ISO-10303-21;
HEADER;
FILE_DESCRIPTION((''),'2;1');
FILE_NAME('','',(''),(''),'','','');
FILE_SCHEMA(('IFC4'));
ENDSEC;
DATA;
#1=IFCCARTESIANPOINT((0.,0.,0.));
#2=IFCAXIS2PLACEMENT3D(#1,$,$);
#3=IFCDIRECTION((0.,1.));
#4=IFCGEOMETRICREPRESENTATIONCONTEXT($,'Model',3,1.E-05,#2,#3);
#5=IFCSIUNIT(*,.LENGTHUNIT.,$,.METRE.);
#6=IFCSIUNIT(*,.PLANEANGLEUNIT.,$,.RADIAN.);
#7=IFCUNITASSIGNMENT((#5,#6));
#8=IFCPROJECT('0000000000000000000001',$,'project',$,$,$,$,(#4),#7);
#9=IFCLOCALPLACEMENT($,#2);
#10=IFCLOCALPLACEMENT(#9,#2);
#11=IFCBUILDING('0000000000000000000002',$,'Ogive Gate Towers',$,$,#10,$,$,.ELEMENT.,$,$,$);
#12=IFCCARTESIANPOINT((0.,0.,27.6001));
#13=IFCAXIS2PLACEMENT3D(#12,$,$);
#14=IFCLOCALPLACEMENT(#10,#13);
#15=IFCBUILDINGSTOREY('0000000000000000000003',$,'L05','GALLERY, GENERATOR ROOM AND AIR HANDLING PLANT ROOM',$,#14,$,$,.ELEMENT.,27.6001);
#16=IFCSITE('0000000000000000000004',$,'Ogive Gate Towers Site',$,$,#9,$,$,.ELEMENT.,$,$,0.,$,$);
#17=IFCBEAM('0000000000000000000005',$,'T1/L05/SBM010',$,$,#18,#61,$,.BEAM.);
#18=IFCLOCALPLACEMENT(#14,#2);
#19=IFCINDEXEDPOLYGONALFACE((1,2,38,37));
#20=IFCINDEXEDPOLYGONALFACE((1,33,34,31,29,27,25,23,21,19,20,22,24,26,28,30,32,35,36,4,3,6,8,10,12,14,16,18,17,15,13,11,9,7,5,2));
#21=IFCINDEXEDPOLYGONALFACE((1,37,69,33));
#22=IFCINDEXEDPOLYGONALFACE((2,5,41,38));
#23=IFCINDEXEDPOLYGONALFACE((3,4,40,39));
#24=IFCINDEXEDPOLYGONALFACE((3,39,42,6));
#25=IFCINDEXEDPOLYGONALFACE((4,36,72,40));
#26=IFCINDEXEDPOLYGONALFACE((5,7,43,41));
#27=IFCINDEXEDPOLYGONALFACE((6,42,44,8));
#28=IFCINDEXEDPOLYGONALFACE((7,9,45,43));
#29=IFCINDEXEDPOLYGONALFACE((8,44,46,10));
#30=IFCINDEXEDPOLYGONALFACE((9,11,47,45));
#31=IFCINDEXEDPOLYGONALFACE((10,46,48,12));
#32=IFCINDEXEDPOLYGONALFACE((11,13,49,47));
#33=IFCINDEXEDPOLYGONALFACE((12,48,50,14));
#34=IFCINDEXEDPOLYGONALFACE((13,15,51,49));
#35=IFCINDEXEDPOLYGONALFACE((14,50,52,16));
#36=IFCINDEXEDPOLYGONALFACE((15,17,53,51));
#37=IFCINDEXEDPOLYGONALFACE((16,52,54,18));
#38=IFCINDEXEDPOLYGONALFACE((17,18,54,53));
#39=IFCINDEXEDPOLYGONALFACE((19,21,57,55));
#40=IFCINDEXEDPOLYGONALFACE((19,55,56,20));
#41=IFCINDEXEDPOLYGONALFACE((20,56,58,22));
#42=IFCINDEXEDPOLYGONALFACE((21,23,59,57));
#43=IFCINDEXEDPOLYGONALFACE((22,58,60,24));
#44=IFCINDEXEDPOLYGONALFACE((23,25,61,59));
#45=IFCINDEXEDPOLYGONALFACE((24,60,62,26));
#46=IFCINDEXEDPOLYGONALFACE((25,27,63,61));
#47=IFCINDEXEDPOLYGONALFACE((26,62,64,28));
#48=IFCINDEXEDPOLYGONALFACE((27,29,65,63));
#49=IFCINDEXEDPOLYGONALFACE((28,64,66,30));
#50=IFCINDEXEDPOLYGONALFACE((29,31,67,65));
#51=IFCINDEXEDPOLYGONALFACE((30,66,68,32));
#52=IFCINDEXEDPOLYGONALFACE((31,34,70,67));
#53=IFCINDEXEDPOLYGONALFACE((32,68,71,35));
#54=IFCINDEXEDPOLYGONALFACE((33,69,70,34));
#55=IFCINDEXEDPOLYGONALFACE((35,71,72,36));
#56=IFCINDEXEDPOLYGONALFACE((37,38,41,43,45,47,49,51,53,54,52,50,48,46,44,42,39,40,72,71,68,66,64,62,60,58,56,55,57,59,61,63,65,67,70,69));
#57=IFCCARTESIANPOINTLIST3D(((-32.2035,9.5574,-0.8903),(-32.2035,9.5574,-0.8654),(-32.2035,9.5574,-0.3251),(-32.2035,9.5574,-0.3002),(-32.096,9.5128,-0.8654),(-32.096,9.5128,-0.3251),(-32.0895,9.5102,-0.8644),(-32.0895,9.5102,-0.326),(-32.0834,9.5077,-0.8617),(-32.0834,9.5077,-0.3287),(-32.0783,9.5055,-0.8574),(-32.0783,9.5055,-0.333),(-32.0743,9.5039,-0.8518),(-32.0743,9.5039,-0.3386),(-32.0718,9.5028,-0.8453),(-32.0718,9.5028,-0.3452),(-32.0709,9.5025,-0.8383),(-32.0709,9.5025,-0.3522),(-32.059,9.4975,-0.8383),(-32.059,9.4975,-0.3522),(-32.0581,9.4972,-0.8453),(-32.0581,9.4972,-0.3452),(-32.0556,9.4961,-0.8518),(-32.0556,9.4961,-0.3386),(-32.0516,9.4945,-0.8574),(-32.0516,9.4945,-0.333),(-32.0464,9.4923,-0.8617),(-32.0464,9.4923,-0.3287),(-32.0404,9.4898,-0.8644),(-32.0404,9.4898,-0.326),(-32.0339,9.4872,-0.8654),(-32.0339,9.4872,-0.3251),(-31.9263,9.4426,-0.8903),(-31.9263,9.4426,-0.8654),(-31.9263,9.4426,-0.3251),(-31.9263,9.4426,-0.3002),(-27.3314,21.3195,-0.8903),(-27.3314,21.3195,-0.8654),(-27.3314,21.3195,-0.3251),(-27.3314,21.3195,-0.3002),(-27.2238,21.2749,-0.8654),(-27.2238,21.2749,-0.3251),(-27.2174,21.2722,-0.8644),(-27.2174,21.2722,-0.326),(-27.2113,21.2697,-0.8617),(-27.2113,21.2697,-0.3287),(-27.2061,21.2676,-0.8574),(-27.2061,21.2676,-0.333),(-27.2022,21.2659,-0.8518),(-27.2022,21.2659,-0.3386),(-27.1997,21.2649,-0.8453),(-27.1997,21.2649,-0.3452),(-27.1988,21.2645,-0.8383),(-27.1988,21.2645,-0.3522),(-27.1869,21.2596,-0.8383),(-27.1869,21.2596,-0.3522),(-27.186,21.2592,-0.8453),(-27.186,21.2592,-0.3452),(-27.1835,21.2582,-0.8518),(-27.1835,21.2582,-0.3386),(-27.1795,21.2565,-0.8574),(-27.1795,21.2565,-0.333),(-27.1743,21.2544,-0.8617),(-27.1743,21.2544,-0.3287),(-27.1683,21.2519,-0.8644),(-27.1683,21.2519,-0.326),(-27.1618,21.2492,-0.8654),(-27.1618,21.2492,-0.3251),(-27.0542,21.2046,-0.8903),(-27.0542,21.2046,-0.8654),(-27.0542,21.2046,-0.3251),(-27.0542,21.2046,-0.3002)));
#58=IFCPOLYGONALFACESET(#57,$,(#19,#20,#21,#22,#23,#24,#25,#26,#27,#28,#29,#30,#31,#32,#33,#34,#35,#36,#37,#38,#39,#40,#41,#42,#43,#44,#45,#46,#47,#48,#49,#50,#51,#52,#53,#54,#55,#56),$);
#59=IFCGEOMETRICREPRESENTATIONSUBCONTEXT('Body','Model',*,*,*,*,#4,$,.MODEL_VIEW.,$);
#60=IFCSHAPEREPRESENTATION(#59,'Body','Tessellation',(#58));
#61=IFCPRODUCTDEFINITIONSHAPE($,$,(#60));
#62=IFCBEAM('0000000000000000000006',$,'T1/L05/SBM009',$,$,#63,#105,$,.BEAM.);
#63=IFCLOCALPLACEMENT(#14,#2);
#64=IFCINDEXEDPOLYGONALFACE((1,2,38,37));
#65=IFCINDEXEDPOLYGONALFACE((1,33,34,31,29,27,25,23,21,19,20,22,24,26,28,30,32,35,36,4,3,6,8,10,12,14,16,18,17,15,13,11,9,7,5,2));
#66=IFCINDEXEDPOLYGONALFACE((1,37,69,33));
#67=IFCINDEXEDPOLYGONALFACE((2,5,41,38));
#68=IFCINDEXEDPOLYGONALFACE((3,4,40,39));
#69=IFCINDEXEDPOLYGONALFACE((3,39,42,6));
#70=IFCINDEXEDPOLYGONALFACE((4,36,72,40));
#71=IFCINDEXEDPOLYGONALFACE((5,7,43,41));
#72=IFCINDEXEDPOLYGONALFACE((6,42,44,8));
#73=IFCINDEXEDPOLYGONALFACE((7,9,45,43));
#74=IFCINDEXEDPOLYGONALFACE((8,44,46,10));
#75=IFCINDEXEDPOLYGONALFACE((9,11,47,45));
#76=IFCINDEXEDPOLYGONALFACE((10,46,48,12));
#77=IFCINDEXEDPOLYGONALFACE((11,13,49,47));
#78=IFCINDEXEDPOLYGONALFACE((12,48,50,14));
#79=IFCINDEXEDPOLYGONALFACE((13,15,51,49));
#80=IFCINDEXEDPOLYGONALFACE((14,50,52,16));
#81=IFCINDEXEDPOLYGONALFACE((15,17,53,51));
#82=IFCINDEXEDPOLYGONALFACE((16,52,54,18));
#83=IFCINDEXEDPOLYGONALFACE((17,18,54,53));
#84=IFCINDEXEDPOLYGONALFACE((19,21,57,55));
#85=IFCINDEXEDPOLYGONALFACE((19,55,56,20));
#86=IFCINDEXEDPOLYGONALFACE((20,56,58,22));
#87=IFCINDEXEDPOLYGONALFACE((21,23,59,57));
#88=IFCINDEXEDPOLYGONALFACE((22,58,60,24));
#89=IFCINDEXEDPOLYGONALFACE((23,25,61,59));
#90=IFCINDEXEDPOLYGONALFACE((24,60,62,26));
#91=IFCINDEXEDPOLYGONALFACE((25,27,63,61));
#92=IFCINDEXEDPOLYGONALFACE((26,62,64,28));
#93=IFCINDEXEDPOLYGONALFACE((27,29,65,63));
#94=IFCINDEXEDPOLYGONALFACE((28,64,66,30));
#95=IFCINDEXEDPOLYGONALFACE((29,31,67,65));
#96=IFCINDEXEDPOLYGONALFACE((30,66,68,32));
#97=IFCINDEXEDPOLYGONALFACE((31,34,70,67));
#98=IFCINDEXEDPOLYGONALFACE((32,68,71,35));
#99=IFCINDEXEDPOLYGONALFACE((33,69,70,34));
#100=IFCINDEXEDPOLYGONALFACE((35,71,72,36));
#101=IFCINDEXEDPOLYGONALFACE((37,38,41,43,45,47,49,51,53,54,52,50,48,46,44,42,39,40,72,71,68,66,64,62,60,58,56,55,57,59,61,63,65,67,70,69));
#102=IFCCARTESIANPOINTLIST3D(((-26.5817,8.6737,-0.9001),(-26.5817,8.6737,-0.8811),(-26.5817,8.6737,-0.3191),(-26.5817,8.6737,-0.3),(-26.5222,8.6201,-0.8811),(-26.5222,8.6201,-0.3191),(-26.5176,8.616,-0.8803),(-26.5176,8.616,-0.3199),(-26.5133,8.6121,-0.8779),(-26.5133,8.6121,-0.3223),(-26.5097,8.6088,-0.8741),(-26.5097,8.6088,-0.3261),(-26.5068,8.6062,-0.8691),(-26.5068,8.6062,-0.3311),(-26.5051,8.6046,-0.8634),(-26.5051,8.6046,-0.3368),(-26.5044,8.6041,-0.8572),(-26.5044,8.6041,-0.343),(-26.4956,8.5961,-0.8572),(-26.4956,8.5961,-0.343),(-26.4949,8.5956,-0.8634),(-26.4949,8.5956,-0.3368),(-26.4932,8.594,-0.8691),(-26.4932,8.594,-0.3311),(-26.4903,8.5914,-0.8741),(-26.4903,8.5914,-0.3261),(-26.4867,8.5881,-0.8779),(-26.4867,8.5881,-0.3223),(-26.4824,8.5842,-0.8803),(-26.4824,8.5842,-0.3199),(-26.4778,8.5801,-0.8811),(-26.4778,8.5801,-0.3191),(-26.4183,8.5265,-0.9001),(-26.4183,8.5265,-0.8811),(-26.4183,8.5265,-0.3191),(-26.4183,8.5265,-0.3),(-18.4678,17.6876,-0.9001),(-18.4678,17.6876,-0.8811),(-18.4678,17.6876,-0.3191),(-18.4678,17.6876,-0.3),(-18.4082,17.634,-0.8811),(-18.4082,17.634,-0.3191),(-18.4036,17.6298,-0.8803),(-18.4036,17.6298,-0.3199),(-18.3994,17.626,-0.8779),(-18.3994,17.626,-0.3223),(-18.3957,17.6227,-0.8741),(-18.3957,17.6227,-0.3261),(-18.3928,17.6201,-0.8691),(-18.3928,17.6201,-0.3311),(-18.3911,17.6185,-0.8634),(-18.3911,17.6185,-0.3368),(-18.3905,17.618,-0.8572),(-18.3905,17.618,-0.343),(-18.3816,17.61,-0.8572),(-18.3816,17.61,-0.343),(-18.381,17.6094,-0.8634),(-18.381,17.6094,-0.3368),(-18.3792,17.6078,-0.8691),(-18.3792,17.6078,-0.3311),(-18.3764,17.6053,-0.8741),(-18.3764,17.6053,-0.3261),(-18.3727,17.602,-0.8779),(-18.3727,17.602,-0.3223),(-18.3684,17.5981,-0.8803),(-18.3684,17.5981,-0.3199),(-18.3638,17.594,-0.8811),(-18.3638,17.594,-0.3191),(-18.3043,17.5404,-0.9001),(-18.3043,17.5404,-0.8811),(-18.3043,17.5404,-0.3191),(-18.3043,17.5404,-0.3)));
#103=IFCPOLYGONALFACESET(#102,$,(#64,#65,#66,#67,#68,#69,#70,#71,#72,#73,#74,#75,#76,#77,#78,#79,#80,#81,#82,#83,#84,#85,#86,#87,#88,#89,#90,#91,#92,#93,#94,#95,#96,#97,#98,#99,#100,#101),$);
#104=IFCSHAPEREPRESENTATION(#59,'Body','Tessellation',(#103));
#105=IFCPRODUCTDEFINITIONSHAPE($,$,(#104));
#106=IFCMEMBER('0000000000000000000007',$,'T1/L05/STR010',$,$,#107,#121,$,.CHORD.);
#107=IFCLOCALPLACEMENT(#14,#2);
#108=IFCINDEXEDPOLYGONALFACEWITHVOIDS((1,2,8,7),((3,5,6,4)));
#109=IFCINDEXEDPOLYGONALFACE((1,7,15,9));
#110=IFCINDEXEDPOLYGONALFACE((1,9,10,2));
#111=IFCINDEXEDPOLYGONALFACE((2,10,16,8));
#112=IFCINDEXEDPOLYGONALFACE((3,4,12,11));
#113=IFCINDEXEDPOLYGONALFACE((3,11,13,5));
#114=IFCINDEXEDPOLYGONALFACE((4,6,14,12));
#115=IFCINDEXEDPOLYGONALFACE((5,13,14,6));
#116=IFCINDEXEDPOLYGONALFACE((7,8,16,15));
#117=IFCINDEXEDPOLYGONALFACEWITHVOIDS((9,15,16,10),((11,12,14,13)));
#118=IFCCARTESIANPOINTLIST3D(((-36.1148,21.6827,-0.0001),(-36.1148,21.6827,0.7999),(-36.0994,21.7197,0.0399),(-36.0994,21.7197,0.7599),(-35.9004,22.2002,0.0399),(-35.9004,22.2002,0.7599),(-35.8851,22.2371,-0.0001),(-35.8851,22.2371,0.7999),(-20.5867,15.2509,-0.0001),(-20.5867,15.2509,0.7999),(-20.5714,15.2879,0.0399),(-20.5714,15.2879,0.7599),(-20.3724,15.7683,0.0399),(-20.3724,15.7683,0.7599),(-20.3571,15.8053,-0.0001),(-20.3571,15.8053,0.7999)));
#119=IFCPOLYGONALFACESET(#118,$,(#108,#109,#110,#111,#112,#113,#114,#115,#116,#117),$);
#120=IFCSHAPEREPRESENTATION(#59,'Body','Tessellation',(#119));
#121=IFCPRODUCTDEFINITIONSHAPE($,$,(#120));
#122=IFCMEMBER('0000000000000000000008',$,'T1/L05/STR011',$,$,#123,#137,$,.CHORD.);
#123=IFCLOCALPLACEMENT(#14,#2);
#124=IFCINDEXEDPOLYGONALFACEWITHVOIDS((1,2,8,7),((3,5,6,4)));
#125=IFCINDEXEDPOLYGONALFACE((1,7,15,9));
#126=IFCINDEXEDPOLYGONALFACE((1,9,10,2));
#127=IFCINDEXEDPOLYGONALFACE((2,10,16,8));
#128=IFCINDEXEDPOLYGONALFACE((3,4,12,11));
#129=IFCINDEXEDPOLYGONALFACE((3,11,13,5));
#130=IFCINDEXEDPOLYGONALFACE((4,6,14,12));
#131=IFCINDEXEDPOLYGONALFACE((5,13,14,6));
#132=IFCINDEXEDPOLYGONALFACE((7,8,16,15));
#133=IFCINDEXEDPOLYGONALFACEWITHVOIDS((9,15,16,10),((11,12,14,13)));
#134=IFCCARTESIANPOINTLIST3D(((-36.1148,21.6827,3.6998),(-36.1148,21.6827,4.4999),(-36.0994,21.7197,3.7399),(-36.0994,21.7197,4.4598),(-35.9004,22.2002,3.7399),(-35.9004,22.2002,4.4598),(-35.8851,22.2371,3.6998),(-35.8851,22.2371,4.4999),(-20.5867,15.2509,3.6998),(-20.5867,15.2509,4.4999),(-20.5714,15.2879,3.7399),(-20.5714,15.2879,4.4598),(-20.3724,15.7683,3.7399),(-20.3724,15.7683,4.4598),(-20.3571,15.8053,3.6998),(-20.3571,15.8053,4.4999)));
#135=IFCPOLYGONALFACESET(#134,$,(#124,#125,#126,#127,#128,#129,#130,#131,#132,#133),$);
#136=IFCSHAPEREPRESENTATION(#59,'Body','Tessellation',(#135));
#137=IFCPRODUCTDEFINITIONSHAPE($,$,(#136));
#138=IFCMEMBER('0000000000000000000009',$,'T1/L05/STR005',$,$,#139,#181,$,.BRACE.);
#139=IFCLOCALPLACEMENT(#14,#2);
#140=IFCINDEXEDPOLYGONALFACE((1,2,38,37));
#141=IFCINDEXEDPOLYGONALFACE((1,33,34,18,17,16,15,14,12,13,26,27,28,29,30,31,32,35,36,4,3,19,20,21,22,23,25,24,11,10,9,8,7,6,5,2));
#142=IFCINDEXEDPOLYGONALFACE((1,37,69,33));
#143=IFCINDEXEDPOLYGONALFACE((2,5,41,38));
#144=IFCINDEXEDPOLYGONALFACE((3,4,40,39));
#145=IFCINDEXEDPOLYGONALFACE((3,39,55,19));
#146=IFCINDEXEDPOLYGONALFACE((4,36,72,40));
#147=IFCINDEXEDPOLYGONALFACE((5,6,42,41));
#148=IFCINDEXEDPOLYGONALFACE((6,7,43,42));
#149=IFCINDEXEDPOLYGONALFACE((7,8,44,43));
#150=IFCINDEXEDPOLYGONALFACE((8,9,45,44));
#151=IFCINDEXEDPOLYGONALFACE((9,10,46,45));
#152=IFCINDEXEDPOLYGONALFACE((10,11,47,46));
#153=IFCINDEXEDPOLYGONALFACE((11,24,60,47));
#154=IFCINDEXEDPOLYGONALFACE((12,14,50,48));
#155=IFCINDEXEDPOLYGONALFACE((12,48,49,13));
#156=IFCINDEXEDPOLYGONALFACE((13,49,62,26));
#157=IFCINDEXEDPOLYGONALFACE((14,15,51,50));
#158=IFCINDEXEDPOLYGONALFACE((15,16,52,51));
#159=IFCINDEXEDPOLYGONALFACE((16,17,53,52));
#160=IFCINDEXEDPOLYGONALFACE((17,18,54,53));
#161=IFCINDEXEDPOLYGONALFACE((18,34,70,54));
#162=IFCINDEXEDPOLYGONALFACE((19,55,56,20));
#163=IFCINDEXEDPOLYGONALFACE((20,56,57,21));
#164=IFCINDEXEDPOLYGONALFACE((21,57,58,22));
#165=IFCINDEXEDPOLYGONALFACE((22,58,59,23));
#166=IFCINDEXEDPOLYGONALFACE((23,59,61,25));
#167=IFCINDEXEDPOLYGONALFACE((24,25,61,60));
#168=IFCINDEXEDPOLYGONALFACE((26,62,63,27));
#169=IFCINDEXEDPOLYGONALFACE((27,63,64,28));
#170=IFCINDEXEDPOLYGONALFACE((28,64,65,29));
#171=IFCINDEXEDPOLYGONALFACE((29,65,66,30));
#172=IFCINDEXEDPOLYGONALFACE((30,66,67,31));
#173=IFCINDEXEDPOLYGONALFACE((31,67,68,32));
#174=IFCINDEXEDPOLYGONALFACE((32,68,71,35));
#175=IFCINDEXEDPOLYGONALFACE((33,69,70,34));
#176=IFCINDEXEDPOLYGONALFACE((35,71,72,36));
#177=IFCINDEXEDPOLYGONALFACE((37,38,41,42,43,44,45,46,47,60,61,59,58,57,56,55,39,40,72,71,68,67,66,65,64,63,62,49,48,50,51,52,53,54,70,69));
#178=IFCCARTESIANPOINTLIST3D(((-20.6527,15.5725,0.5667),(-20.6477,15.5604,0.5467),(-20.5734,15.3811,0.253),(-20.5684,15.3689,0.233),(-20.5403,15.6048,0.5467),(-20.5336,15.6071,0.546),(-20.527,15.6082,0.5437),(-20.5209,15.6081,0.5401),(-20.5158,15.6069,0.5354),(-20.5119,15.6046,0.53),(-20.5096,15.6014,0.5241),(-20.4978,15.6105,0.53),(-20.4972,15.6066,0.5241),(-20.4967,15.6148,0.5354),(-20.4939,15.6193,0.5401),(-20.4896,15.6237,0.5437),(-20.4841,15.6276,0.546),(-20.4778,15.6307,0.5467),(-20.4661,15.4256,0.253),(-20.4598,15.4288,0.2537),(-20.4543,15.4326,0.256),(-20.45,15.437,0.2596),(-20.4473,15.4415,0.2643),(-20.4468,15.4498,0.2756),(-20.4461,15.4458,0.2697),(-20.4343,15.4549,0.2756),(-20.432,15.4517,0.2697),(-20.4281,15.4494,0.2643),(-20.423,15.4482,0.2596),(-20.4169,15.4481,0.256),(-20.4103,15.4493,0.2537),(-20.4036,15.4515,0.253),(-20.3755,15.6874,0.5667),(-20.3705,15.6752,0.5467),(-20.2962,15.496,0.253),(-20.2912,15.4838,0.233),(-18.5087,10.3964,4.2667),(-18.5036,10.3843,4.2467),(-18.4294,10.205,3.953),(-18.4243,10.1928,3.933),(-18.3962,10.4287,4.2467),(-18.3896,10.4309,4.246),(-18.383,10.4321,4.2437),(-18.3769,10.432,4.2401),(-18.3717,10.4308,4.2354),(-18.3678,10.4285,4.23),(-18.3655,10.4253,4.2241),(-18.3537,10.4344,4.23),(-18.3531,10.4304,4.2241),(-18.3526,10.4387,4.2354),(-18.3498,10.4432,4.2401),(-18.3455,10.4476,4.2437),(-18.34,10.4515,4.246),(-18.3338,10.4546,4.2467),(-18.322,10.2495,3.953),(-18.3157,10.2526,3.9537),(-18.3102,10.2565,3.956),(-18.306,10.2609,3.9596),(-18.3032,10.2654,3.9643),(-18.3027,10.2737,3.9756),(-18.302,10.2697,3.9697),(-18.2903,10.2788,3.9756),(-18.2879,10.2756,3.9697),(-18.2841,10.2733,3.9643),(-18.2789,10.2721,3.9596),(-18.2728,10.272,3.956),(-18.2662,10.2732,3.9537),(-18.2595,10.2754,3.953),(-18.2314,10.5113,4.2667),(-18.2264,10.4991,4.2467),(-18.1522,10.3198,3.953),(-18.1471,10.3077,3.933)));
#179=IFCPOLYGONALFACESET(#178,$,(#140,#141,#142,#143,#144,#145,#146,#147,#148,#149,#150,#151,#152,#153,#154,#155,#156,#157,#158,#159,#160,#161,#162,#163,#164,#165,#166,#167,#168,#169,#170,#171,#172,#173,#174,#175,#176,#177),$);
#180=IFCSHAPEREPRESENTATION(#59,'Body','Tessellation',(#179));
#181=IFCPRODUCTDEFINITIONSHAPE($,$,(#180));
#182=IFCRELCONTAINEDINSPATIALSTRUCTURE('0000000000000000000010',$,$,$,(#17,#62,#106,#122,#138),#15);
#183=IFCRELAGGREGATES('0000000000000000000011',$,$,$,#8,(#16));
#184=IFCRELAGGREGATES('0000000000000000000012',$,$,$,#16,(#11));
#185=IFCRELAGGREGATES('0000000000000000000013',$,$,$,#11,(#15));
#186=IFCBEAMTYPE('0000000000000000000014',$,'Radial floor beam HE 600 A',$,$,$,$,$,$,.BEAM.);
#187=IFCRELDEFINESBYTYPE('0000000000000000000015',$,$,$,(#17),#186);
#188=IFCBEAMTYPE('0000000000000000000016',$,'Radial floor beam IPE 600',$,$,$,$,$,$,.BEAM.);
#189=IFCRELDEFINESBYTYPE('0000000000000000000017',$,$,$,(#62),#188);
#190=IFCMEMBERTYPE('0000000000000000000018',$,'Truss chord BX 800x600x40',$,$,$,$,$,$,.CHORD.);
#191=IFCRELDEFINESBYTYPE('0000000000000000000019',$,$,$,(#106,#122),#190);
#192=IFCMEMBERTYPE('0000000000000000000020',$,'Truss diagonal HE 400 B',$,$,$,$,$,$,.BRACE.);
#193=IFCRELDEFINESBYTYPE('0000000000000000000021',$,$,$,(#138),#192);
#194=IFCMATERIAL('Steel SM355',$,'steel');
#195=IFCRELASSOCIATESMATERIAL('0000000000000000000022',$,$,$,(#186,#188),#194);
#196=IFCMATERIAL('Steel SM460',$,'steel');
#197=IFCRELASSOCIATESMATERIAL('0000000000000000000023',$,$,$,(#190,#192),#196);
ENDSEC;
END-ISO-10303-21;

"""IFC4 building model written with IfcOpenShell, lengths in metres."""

from ifc_helpers import new_model, si_unit, direction, frame, origin, origin_2d, place, context, subcontext, project, spatial, hollow_rectangle, i_section, extrude, material, material_profile, profile_set, type_object, element, save


model = new_model("IFC4")

# Units and contexts
model_context = context("Model", 3, precision=1e-05, world=origin(), true_north=direction((0.0, 1.0)))
body_context = subcontext(model_context, "Body", "Model", "MODEL_VIEW")
ifc_project = project(units=[si_unit("LENGTHUNIT", "METRE"), si_unit("PLANEANGLEUNIT", "RADIAN")], contexts=[model_context])

# Site, building, storey
site_placement = place(None, origin())
site = spatial("IfcSite", under=ifc_project, at=site_placement, Name="Ogive Gate Towers Site", CompositionType="ELEMENT", RefElevation=0.0)
building_placement = place(site_placement, origin())
building = spatial("IfcBuilding", under=site, at=building_placement, Name="Ogive Gate Towers", CompositionType="ELEMENT")
storey_placement = place(building_placement, frame((0.0, 0.0, 27.6001)))
storey = spatial("IfcBuildingStorey", under=building, at=storey_placement, Name="L05", Description="GALLERY, GENERATOR ROOM AND AIR HANDLING PLANT ROOM", CompositionType="ELEMENT", Elevation=27.6001)

# Beams
ifc_material_1 = material(Name="Steel SM460", Category="steel")
ifc_material_2 = material(Name="Steel SM355", Category="steel")
ifc_material_profile_1 = material_profile(ifc_material_2, i_section(OverallWidth=0.3, OverallDepth=0.5901, WebThickness=0.0129, FlangeThickness=0.0249, FilletRadius=0.0271, at=origin_2d()), Name="HE 600 A")
ifc_profile_set_1 = profile_set([ifc_material_profile_1], Name="Steel SM355")
beam_type_1 = type_object("IfcBeamType", Name="Radial floor beam HE 600 A", PredefinedType="BEAM", material=ifc_profile_set_1)
for number, where, z_axis, x_axis, name in (
    (1, (-32.0649, 9.5, -0.5952), (0.382691, 0.923877, 0.0), (-0.923877, 0.382691, 0.0), "T1/L05/SBM010"),
):
    element("IfcBeam", number, at=place(storey_placement, frame(where, z_axis=z_axis, x_axis=x_axis)), inside=storey, type_object=beam_type_1, Name=name, PredefinedType="BEAM", context=body_context, shape_type="SweptSolid", body=[
        extrude(i_section(OverallWidth=0.3, OverallDepth=0.5901, WebThickness=0.0129, FlangeThickness=0.0249, FilletRadius=0.0271, at=origin_2d()), origin(), (0.0, 0.0, 1.0), 12.7312),
    ])
ifc_material_profile_2 = material_profile(ifc_material_2, i_section(OverallWidth=0.22, OverallDepth=0.6001, WebThickness=0.012, FlangeThickness=0.019, FilletRadius=0.0239, at=origin_2d()), Name="IPE 600")
ifc_profile_set_2 = profile_set([ifc_material_profile_2], Name="Steel SM355")
beam_type_2 = type_object("IfcBeamType", Name="Radial floor beam IPE 600", PredefinedType="BEAM", material=ifc_profile_set_2)
beam_1_placement = place(storey_placement, frame((-26.5, 8.6001, -0.6001), z_axis=(0.669033, 0.743233, 0.0), x_axis=(-0.743233, 0.669033, 0.0)))
element("IfcBeam", 2, at=beam_1_placement, inside=storey, type_object=beam_type_2, Name="T1/L05/SBM009", PredefinedType="BEAM", context=body_context, shape_type="SweptSolid", body=[
    extrude(i_section(OverallWidth=0.22, OverallDepth=0.6001, WebThickness=0.012, FlangeThickness=0.019, FilletRadius=0.0239, at=origin_2d()), origin(), (0.0, 0.0, 1.0), 12.1279),
])

# Members
ifc_material_profile_3 = material_profile(ifc_material_1, hollow_rectangle(XDim=0.6001, YDim=0.8, WallThickness=0.04, at=origin_2d()), Name="BX 800x600x40")
ifc_profile_set_3 = profile_set([ifc_material_profile_3], Name="Steel SM460")
member_type_1 = type_object("IfcMemberType", Name="Truss chord BX 800x600x40", PredefinedType="CHORD", material=ifc_profile_set_3)
for number, where, z_axis, x_axis, name in (
    (3, (-20.4719, 15.5281, 0.3999), (-0.923881, 0.382681, 0.0), (-0.382681, -0.923881, 0.0), "T1/L05/STR010"),
    (4, (-20.4719, 15.5281, 4.0999), (-0.923881, 0.382681, 0.0), (-0.382681, -0.923881, 0.0), "T1/L05/STR011"),
):
    element("IfcMember", number, at=place(storey_placement, frame(where, z_axis=z_axis, x_axis=x_axis)), inside=storey, type_object=member_type_1, Name=name, PredefinedType="CHORD", context=body_context, shape_type="SweptSolid", body=[
        extrude(hollow_rectangle(XDim=0.6001, YDim=0.8, WallThickness=0.04, at=origin_2d()), origin(), (0.0, 0.0, 1.0), 16.8074),
    ])
ifc_material_profile_4 = material_profile(ifc_material_1, i_section(OverallWidth=0.3, OverallDepth=0.3999, WebThickness=0.0134, FlangeThickness=0.0239, FilletRadius=0.0271, at=origin_2d()), Name="HE 400 B")
ifc_profile_set_4 = profile_set([ifc_material_profile_4], Name="Steel SM460")
member_type_2 = type_object("IfcMemberType", Name="Truss diagonal HE 400 B", PredefinedType="BRACE", material=ifc_profile_set_4)
for number, where, z_axis, x_axis, name in (
    (5, (-18.3279, 10.3521, 4.0999), (-0.319339, 0.77093, -0.55108), (-0.923876, -0.382693, 0.0), "T1/L05/STR005"),
):
    element("IfcMember", number, at=place(storey_placement, frame(where, z_axis=z_axis, x_axis=x_axis)), inside=storey, type_object=member_type_2, Name=name, PredefinedType="BRACE", context=body_context, shape_type="SweptSolid", body=[
        extrude(i_section(OverallWidth=0.3, OverallDepth=0.3999, WebThickness=0.0134, FlangeThickness=0.0239, FilletRadius=0.0271, at=origin_2d()), origin(), (0.0, 0.0, 1.0), 6.7141),
    ])

save(model, "model.ifc")
